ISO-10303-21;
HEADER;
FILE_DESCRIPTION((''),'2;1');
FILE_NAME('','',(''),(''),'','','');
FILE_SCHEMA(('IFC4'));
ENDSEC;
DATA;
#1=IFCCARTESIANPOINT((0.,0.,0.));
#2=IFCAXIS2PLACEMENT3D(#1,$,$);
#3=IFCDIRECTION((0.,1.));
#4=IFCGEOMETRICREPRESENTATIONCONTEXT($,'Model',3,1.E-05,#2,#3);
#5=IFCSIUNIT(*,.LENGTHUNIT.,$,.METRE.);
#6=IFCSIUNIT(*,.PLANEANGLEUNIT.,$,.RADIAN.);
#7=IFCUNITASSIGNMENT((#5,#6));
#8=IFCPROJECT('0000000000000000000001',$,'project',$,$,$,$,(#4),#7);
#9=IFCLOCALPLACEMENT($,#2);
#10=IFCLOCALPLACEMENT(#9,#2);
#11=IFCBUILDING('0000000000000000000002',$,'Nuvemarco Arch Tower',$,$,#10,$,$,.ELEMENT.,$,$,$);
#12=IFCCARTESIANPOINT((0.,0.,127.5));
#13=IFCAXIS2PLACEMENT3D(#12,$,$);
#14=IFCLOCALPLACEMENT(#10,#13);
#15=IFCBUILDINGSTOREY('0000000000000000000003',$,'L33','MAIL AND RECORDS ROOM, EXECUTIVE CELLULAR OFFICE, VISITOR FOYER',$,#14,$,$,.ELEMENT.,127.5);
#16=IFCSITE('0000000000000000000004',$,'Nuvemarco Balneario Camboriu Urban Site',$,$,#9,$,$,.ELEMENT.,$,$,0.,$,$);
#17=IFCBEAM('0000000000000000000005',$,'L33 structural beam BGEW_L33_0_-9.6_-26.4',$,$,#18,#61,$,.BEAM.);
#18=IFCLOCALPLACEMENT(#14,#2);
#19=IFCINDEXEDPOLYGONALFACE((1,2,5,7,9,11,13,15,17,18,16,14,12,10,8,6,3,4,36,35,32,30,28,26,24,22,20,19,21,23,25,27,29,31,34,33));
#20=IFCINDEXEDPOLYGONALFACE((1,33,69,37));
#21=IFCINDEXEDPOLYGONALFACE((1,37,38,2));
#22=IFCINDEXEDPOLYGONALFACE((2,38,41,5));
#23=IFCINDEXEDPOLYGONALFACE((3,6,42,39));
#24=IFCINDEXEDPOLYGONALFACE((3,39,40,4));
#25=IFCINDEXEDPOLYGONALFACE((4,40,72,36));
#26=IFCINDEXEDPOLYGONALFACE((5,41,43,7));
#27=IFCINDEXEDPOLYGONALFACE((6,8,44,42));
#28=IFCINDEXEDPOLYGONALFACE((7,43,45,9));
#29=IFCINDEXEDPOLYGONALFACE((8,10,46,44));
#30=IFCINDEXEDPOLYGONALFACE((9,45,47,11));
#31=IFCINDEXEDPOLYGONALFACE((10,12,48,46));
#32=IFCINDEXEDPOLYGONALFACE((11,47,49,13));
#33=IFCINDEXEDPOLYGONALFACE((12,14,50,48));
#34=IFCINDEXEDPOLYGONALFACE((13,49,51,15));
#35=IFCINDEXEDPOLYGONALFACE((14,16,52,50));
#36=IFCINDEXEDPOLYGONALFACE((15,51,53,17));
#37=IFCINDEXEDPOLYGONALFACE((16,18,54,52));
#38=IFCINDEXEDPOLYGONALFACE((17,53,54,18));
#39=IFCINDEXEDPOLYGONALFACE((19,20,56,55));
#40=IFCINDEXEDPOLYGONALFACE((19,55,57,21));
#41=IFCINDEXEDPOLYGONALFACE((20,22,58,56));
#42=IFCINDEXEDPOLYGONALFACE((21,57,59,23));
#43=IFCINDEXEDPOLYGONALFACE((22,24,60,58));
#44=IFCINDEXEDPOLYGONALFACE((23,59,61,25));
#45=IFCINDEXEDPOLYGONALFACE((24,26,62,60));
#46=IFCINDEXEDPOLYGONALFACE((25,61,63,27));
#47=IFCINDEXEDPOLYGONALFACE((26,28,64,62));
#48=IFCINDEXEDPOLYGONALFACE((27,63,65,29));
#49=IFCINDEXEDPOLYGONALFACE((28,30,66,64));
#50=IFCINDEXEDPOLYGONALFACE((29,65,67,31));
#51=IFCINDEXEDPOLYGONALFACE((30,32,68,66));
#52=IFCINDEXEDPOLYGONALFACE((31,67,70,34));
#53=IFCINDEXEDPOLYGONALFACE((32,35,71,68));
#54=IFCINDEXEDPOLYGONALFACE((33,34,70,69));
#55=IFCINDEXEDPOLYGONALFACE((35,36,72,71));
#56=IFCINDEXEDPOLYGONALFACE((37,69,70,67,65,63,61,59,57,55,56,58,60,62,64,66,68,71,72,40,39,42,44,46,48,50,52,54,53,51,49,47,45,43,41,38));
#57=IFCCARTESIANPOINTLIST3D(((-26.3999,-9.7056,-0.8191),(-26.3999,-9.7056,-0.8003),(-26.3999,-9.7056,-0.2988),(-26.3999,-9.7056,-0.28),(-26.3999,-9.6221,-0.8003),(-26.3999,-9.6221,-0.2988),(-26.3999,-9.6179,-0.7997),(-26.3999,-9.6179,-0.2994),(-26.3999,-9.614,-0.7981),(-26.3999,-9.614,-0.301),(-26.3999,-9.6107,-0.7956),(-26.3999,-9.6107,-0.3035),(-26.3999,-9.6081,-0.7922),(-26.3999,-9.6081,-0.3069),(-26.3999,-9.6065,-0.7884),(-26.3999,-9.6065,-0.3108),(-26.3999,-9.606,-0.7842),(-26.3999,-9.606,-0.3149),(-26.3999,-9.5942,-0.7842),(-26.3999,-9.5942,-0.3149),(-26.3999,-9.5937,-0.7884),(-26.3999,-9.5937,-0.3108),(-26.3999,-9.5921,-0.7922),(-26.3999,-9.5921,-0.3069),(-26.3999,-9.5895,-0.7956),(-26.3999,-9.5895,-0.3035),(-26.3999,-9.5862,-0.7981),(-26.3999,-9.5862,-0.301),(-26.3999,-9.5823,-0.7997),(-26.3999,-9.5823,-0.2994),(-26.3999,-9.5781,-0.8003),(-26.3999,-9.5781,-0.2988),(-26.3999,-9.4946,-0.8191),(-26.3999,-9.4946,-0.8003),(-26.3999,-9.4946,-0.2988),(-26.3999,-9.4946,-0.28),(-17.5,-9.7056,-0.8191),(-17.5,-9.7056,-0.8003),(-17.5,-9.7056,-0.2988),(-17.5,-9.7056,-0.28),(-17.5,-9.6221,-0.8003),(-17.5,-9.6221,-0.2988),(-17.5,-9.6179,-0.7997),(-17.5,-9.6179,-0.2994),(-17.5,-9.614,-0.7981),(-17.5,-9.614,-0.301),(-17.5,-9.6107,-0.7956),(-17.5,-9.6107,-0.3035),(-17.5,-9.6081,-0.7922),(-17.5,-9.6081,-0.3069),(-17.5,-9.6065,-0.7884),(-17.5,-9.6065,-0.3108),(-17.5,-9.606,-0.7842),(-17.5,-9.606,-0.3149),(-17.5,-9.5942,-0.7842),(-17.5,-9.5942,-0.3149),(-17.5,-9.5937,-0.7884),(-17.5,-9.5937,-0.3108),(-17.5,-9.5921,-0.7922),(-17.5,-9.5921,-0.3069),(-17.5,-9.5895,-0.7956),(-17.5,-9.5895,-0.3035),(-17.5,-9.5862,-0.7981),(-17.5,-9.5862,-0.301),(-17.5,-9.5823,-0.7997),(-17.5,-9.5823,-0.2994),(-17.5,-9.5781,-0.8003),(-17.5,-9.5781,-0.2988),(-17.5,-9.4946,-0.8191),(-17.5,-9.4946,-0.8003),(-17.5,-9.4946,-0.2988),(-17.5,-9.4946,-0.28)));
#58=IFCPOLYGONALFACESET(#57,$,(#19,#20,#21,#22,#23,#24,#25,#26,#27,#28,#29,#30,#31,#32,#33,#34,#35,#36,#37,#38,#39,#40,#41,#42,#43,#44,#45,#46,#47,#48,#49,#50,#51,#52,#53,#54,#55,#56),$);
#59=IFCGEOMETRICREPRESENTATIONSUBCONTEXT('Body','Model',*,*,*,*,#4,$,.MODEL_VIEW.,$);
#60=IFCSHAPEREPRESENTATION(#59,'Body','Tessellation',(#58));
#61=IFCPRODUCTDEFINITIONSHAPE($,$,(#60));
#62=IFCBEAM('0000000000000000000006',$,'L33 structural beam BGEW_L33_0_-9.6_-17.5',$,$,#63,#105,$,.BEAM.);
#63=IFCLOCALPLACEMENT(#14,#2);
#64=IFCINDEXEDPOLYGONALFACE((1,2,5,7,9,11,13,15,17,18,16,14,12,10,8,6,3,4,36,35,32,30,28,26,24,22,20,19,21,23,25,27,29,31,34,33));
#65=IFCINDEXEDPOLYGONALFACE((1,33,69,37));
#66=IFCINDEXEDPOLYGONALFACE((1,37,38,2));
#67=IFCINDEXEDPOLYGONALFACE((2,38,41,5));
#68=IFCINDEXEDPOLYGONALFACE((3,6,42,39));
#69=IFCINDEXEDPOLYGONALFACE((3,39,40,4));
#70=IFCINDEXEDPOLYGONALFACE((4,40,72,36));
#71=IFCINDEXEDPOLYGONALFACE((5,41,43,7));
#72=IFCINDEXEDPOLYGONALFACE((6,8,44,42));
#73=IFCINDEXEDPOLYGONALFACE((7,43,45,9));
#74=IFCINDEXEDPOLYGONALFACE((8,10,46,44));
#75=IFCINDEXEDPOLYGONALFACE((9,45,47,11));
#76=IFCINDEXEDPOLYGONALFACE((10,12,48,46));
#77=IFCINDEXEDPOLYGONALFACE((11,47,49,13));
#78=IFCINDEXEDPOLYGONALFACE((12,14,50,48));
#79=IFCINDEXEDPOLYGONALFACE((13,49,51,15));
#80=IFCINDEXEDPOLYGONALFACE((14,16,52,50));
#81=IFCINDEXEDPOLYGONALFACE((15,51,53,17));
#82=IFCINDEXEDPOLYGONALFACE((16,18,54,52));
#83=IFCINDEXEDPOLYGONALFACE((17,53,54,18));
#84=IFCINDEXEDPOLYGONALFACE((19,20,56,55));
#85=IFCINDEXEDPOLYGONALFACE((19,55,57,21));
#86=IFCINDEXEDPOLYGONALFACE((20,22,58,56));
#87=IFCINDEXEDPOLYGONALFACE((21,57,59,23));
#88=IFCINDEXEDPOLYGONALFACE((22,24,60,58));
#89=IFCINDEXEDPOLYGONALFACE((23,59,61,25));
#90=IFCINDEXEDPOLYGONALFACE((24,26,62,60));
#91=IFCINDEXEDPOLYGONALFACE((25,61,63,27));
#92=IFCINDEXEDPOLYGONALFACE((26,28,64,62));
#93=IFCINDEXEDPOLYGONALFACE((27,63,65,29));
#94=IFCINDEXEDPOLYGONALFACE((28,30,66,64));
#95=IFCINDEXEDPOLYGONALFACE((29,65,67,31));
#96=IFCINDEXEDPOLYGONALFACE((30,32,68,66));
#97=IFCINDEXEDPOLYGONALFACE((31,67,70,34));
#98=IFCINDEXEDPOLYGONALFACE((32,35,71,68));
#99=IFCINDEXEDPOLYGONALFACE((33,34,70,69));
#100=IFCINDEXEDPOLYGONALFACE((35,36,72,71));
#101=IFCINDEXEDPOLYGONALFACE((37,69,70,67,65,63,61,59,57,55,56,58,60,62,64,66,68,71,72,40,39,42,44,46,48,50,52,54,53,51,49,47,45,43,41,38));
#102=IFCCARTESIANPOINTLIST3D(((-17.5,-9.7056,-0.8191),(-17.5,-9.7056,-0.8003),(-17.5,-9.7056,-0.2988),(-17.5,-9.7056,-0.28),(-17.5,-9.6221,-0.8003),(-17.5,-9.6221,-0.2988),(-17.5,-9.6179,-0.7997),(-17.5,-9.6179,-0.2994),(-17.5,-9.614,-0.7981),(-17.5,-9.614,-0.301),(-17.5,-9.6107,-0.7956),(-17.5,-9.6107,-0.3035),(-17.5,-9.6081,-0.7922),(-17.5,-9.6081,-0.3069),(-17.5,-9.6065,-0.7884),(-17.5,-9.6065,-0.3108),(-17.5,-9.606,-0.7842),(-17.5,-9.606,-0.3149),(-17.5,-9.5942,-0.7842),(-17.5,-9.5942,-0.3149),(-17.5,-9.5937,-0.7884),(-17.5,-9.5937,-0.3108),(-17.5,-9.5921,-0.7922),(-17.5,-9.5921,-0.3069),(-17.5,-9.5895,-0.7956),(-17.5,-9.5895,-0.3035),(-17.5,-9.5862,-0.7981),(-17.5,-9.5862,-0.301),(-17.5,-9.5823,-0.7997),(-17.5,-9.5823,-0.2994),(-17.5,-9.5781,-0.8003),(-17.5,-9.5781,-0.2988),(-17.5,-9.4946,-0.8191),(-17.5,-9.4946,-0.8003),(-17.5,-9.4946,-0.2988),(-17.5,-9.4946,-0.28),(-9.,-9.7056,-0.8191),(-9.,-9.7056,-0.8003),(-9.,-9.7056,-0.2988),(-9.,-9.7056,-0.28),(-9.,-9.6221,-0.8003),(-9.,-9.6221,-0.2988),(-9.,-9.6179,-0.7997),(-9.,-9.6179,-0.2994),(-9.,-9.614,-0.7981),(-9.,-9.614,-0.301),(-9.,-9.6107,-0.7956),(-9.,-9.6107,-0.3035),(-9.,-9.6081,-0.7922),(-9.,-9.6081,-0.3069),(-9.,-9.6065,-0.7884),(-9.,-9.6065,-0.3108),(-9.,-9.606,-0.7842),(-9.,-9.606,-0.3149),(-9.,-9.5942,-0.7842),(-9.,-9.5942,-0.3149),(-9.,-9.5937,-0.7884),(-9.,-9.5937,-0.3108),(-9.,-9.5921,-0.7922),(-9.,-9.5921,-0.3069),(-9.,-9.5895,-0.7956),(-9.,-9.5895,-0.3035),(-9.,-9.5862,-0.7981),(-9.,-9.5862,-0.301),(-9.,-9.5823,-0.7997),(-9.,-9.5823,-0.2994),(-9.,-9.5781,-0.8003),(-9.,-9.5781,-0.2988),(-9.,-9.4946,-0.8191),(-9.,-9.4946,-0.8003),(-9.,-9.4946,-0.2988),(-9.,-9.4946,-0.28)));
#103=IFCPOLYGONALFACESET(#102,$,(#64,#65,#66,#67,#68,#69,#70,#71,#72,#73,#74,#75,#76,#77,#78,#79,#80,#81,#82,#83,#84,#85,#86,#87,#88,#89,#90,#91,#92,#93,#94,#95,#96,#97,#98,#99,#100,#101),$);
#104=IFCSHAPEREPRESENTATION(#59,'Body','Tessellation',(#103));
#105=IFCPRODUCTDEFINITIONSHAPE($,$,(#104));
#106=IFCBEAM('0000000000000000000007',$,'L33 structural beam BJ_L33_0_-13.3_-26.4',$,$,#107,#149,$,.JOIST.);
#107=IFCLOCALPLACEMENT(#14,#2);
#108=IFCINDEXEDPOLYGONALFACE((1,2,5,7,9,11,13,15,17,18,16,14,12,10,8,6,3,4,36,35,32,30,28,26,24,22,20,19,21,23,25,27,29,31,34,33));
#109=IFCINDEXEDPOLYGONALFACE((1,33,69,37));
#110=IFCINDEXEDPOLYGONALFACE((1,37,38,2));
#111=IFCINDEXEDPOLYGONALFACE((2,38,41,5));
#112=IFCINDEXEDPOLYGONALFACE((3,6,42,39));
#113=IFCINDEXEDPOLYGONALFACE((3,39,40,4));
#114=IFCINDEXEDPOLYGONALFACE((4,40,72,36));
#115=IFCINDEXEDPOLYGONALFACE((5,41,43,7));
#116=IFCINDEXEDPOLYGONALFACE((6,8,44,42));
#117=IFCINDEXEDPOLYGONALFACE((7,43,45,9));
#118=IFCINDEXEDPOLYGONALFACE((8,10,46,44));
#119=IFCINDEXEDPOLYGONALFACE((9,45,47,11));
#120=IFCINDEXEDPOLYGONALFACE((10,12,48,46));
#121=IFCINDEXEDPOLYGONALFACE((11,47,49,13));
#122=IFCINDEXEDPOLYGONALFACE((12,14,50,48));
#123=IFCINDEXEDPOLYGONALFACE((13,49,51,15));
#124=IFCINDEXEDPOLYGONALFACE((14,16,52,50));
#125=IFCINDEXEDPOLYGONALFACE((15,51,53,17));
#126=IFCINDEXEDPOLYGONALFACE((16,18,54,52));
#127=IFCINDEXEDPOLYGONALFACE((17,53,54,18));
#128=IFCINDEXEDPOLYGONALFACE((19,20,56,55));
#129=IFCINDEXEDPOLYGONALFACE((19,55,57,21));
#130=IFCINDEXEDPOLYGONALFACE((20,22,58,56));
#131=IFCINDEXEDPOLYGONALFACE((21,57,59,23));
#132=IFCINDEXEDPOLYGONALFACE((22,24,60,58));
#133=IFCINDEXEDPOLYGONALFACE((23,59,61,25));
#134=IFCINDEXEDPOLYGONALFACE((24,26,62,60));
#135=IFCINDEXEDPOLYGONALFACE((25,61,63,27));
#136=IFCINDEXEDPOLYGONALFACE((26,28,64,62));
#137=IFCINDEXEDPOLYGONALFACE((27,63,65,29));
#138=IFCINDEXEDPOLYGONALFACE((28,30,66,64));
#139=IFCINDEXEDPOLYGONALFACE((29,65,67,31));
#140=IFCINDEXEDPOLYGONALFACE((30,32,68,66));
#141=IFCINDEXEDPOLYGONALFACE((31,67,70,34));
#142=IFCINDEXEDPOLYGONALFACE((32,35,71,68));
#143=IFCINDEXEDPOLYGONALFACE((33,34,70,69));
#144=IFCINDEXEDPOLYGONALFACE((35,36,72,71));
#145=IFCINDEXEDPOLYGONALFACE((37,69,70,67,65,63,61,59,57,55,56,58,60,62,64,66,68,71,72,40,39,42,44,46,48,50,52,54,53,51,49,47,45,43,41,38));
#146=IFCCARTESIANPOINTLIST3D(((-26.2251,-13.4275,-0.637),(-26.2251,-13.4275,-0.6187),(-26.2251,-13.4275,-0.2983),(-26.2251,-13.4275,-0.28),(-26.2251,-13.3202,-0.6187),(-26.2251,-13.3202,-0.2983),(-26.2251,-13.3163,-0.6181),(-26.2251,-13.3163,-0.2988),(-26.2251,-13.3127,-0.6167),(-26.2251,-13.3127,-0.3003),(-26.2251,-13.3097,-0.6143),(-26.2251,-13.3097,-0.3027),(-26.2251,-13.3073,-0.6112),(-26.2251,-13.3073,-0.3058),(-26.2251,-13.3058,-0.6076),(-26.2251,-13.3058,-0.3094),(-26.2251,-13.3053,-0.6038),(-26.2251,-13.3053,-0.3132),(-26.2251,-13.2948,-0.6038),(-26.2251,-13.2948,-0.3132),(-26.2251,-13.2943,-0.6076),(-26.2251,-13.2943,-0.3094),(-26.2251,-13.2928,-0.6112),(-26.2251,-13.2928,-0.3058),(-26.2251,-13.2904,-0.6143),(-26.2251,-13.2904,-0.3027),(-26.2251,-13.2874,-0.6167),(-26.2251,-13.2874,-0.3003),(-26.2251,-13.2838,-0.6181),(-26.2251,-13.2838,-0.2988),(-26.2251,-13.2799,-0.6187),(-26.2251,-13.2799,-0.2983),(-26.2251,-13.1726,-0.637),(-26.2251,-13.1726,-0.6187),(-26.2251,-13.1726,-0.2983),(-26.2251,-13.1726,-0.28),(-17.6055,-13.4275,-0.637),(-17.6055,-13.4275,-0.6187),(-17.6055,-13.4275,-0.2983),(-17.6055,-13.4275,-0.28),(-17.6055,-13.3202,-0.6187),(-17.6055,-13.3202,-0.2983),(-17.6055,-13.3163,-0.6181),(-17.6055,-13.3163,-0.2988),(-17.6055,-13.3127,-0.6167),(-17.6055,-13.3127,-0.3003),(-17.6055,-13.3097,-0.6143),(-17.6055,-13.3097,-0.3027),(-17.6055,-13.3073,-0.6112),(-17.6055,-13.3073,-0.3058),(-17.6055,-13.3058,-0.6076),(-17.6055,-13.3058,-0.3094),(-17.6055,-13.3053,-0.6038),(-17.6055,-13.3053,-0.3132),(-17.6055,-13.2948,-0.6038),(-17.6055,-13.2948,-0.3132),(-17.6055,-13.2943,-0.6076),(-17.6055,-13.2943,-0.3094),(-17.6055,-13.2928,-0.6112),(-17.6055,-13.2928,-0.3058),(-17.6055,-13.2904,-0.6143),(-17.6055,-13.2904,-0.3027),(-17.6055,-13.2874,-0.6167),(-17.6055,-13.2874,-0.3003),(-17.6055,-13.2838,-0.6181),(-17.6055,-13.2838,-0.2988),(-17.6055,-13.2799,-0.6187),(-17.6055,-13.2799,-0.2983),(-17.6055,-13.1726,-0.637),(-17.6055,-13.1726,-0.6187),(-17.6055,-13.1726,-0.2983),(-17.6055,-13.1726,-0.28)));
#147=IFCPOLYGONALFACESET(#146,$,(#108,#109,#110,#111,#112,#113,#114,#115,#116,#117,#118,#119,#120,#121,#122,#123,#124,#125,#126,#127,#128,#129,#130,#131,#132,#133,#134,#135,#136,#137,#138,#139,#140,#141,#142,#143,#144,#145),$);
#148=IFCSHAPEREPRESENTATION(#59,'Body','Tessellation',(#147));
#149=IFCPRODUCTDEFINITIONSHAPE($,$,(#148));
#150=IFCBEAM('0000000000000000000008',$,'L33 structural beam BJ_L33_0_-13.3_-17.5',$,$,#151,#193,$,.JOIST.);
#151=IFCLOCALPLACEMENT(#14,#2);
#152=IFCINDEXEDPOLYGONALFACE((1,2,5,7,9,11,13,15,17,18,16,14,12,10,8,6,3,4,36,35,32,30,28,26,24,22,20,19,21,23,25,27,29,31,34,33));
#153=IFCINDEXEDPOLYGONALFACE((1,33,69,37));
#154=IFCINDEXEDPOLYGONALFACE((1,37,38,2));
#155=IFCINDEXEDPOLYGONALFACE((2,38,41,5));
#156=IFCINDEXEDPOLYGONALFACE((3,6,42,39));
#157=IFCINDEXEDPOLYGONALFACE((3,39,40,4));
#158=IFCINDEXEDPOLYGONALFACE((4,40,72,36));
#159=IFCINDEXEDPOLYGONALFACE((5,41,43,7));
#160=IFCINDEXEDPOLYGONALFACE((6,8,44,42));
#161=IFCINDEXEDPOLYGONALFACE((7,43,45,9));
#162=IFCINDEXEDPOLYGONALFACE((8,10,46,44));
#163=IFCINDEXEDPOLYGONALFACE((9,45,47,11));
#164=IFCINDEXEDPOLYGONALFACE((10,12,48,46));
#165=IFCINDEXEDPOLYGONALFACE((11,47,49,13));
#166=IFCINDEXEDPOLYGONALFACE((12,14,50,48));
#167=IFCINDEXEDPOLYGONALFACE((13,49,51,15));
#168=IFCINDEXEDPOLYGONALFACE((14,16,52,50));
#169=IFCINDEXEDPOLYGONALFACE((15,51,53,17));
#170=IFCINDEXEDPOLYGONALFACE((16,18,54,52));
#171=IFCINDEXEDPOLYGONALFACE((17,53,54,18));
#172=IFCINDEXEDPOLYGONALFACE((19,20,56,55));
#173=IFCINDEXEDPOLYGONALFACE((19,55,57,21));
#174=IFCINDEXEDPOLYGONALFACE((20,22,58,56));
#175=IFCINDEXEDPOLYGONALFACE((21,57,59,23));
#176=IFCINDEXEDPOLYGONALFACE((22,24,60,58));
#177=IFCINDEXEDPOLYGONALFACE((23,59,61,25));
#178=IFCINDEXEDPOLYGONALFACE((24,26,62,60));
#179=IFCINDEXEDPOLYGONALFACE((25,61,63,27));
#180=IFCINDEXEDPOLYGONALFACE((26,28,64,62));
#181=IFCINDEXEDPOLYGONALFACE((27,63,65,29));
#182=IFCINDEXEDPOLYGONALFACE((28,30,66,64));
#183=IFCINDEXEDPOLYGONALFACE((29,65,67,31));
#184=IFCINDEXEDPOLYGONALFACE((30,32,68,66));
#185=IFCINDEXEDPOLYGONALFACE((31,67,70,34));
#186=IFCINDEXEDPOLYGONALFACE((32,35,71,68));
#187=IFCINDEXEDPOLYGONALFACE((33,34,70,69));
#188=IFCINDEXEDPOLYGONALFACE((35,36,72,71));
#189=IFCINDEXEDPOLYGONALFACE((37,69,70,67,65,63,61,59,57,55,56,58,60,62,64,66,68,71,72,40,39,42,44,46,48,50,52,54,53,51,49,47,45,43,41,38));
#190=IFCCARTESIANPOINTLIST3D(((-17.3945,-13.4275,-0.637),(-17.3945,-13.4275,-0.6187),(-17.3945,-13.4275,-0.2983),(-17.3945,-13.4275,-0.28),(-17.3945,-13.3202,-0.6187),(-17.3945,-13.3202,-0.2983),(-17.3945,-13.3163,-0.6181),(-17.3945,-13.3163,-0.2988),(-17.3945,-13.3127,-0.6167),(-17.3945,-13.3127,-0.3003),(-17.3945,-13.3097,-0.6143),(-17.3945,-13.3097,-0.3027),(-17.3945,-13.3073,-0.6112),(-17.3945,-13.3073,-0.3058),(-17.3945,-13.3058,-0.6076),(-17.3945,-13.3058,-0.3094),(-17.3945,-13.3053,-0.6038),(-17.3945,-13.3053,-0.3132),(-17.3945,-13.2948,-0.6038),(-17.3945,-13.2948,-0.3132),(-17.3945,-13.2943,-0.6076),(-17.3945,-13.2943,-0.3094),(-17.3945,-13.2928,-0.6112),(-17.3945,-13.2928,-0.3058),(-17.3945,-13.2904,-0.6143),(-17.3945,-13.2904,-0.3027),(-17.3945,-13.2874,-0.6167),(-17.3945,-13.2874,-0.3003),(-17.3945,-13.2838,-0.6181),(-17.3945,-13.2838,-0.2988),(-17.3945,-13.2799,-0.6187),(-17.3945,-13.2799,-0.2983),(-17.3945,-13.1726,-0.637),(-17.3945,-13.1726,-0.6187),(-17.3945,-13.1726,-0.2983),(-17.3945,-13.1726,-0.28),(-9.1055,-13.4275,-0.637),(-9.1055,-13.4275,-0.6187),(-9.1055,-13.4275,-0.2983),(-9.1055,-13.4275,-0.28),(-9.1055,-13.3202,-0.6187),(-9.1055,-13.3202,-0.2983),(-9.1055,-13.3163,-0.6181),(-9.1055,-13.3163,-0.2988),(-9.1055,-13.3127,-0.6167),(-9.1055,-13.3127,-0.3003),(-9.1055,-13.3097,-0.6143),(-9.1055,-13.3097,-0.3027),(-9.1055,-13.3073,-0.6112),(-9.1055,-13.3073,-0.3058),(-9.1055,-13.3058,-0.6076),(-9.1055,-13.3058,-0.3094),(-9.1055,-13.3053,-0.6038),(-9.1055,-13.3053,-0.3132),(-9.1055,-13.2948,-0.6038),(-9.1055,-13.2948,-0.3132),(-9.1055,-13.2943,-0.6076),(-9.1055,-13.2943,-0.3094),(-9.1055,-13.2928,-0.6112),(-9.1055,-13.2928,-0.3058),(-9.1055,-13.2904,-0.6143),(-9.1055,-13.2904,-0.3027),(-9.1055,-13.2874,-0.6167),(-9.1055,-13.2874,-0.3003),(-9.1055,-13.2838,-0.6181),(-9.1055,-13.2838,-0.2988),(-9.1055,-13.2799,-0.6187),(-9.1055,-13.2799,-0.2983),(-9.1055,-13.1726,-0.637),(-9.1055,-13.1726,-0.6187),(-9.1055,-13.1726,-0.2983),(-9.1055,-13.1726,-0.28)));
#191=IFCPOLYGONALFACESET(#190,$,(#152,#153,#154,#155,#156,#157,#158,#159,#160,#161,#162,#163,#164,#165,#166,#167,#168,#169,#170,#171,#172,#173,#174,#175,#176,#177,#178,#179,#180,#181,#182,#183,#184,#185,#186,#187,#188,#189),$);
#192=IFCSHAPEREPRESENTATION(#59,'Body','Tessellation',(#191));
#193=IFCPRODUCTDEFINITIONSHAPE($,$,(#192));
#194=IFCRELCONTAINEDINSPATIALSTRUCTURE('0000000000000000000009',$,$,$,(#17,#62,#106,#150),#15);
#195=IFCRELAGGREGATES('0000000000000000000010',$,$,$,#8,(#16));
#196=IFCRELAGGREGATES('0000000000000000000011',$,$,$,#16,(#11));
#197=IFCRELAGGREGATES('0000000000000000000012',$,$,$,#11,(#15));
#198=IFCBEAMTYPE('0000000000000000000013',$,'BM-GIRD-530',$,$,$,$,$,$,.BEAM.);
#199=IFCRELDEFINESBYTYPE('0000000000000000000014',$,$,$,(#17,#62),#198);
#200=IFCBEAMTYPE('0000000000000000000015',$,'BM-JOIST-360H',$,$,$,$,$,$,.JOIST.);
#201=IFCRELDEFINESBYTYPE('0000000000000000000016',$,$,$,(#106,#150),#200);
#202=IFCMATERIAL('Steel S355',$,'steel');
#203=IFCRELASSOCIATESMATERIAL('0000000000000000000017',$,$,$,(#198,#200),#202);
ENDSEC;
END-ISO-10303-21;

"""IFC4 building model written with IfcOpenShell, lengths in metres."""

from ifc_helpers import new_model, si_unit, direction, frame, origin, origin_2d, place, context, subcontext, project, spatial, i_section, extrude, material, material_profile, profile_set, type_object, element, save


model = new_model("IFC4")

# Units and contexts
model_context = context("Model", 3, precision=1e-05, world=origin(), true_north=direction((0.0, 1.0)))
body_context = subcontext(model_context, "Body", "Model", "MODEL_VIEW")
ifc_project = project(units=[si_unit("LENGTHUNIT", "METRE"), si_unit("PLANEANGLEUNIT", "RADIAN")], contexts=[model_context])

# Site, building, storey
site_placement = place(None, origin())
site = spatial("IfcSite", under=ifc_project, at=site_placement, Name="Nuvemarco Balneario Camboriu Urban Site", CompositionType="ELEMENT", RefElevation=0.0)
building_placement = place(site_placement, origin())
building = spatial("IfcBuilding", under=site, at=building_placement, Name="Nuvemarco Arch Tower", CompositionType="ELEMENT")
storey_placement = place(building_placement, frame((0.0, 0.0, 127.5)))
storey = spatial("IfcBuildingStorey", under=building, at=storey_placement, Name="L33", Description="MAIL AND RECORDS ROOM, EXECUTIVE CELLULAR OFFICE, VISITOR FOYER", CompositionType="ELEMENT", Elevation=127.5)

# Shared definitions
ifc_material_1 = material(Name="Steel S355", Category="steel")

# Beams
ifc_material_profile_1 = material_profile(ifc_material_1, i_section(OverallWidth=0.2109, OverallDepth=0.5391, WebThickness=0.0117, FlangeThickness=0.0188, FilletRadius=0.0161, at=origin_2d()), Name="W530x109")
ifc_profile_set_1 = profile_set([ifc_material_profile_1], Name="Steel S355")
beam_type_1 = type_object("IfcBeamType", Name="BM-GIRD-530", PredefinedType="BEAM", material=ifc_profile_set_1)
beam_1_placement = place(storey_placement, frame((-26.3999, -9.6001, -0.5496), z_axis=(1.0, 0.0, 0.0), x_axis=(0.0, 1.0, 0.0)))
element("IfcBeam", 1, at=beam_1_placement, inside=storey, type_object=beam_type_1, Name="L33 structural beam BGEW_L33_0_-9.6_-26.4", PredefinedType="BEAM", context=body_context, shape_type="SweptSolid", body=[
    extrude(i_section(OverallWidth=0.2109, OverallDepth=0.5391, WebThickness=0.0117, FlangeThickness=0.0188, FilletRadius=0.0161, at=origin_2d()), origin(), (0.0, 0.0, 1.0), 8.8999),
])
beam_2_placement = place(storey_placement, frame((-17.5, -9.6001, -0.5496), z_axis=(1.0, 0.0, 0.0), x_axis=(0.0, 1.0, 0.0)))
element("IfcBeam", 2, at=beam_2_placement, inside=storey, type_object=beam_type_1, Name="L33 structural beam BGEW_L33_0_-9.6_-17.5", PredefinedType="BEAM", context=body_context, shape_type="SweptSolid", body=[
    extrude(i_section(OverallWidth=0.2109, OverallDepth=0.5391, WebThickness=0.0117, FlangeThickness=0.0188, FilletRadius=0.0161, at=origin_2d()), origin(), (0.0, 0.0, 1.0), 8.5),
])
ifc_material_profile_2 = material_profile(ifc_material_1, i_section(OverallWidth=0.2549, OverallDepth=0.3569, WebThickness=0.0105, FlangeThickness=0.0183, FilletRadius=0.0149, at=origin_2d()), Name="W360x101")
ifc_profile_set_2 = profile_set([ifc_material_profile_2], Name="Steel S355")
beam_type_2 = type_object("IfcBeamType", Name="BM-JOIST-360H", PredefinedType="JOIST", material=ifc_profile_set_2)
beam_3_placement = place(storey_placement, frame((-26.2251, -13.3, -0.4585), z_axis=(1.0, 0.0, 0.0), x_axis=(0.0, 1.0, 0.0)))
element("IfcBeam", 3, at=beam_3_placement, inside=storey, type_object=beam_type_2, Name="L33 structural beam BJ_L33_0_-13.3_-26.4", PredefinedType="JOIST", context=body_context, shape_type="SweptSolid", body=[
    extrude(i_section(OverallWidth=0.2549, OverallDepth=0.3569, WebThickness=0.0105, FlangeThickness=0.0183, FilletRadius=0.0149, at=origin_2d()), origin(), (0.0, 0.0, 1.0), 8.6196),
])
beam_4_placement = place(storey_placement, frame((-17.3945, -13.3, -0.4585), z_axis=(1.0, 0.0, 0.0), x_axis=(0.0, 1.0, 0.0)))
element("IfcBeam", 4, at=beam_4_placement, inside=storey, type_object=beam_type_2, Name="L33 structural beam BJ_L33_0_-13.3_-17.5", PredefinedType="JOIST", context=body_context, shape_type="SweptSolid", body=[
    extrude(i_section(OverallWidth=0.2549, OverallDepth=0.3569, WebThickness=0.0105, FlangeThickness=0.0183, FilletRadius=0.0149, at=origin_2d()), origin(), (0.0, 0.0, 1.0), 8.2891),
])

save(model, "model.ifc")
